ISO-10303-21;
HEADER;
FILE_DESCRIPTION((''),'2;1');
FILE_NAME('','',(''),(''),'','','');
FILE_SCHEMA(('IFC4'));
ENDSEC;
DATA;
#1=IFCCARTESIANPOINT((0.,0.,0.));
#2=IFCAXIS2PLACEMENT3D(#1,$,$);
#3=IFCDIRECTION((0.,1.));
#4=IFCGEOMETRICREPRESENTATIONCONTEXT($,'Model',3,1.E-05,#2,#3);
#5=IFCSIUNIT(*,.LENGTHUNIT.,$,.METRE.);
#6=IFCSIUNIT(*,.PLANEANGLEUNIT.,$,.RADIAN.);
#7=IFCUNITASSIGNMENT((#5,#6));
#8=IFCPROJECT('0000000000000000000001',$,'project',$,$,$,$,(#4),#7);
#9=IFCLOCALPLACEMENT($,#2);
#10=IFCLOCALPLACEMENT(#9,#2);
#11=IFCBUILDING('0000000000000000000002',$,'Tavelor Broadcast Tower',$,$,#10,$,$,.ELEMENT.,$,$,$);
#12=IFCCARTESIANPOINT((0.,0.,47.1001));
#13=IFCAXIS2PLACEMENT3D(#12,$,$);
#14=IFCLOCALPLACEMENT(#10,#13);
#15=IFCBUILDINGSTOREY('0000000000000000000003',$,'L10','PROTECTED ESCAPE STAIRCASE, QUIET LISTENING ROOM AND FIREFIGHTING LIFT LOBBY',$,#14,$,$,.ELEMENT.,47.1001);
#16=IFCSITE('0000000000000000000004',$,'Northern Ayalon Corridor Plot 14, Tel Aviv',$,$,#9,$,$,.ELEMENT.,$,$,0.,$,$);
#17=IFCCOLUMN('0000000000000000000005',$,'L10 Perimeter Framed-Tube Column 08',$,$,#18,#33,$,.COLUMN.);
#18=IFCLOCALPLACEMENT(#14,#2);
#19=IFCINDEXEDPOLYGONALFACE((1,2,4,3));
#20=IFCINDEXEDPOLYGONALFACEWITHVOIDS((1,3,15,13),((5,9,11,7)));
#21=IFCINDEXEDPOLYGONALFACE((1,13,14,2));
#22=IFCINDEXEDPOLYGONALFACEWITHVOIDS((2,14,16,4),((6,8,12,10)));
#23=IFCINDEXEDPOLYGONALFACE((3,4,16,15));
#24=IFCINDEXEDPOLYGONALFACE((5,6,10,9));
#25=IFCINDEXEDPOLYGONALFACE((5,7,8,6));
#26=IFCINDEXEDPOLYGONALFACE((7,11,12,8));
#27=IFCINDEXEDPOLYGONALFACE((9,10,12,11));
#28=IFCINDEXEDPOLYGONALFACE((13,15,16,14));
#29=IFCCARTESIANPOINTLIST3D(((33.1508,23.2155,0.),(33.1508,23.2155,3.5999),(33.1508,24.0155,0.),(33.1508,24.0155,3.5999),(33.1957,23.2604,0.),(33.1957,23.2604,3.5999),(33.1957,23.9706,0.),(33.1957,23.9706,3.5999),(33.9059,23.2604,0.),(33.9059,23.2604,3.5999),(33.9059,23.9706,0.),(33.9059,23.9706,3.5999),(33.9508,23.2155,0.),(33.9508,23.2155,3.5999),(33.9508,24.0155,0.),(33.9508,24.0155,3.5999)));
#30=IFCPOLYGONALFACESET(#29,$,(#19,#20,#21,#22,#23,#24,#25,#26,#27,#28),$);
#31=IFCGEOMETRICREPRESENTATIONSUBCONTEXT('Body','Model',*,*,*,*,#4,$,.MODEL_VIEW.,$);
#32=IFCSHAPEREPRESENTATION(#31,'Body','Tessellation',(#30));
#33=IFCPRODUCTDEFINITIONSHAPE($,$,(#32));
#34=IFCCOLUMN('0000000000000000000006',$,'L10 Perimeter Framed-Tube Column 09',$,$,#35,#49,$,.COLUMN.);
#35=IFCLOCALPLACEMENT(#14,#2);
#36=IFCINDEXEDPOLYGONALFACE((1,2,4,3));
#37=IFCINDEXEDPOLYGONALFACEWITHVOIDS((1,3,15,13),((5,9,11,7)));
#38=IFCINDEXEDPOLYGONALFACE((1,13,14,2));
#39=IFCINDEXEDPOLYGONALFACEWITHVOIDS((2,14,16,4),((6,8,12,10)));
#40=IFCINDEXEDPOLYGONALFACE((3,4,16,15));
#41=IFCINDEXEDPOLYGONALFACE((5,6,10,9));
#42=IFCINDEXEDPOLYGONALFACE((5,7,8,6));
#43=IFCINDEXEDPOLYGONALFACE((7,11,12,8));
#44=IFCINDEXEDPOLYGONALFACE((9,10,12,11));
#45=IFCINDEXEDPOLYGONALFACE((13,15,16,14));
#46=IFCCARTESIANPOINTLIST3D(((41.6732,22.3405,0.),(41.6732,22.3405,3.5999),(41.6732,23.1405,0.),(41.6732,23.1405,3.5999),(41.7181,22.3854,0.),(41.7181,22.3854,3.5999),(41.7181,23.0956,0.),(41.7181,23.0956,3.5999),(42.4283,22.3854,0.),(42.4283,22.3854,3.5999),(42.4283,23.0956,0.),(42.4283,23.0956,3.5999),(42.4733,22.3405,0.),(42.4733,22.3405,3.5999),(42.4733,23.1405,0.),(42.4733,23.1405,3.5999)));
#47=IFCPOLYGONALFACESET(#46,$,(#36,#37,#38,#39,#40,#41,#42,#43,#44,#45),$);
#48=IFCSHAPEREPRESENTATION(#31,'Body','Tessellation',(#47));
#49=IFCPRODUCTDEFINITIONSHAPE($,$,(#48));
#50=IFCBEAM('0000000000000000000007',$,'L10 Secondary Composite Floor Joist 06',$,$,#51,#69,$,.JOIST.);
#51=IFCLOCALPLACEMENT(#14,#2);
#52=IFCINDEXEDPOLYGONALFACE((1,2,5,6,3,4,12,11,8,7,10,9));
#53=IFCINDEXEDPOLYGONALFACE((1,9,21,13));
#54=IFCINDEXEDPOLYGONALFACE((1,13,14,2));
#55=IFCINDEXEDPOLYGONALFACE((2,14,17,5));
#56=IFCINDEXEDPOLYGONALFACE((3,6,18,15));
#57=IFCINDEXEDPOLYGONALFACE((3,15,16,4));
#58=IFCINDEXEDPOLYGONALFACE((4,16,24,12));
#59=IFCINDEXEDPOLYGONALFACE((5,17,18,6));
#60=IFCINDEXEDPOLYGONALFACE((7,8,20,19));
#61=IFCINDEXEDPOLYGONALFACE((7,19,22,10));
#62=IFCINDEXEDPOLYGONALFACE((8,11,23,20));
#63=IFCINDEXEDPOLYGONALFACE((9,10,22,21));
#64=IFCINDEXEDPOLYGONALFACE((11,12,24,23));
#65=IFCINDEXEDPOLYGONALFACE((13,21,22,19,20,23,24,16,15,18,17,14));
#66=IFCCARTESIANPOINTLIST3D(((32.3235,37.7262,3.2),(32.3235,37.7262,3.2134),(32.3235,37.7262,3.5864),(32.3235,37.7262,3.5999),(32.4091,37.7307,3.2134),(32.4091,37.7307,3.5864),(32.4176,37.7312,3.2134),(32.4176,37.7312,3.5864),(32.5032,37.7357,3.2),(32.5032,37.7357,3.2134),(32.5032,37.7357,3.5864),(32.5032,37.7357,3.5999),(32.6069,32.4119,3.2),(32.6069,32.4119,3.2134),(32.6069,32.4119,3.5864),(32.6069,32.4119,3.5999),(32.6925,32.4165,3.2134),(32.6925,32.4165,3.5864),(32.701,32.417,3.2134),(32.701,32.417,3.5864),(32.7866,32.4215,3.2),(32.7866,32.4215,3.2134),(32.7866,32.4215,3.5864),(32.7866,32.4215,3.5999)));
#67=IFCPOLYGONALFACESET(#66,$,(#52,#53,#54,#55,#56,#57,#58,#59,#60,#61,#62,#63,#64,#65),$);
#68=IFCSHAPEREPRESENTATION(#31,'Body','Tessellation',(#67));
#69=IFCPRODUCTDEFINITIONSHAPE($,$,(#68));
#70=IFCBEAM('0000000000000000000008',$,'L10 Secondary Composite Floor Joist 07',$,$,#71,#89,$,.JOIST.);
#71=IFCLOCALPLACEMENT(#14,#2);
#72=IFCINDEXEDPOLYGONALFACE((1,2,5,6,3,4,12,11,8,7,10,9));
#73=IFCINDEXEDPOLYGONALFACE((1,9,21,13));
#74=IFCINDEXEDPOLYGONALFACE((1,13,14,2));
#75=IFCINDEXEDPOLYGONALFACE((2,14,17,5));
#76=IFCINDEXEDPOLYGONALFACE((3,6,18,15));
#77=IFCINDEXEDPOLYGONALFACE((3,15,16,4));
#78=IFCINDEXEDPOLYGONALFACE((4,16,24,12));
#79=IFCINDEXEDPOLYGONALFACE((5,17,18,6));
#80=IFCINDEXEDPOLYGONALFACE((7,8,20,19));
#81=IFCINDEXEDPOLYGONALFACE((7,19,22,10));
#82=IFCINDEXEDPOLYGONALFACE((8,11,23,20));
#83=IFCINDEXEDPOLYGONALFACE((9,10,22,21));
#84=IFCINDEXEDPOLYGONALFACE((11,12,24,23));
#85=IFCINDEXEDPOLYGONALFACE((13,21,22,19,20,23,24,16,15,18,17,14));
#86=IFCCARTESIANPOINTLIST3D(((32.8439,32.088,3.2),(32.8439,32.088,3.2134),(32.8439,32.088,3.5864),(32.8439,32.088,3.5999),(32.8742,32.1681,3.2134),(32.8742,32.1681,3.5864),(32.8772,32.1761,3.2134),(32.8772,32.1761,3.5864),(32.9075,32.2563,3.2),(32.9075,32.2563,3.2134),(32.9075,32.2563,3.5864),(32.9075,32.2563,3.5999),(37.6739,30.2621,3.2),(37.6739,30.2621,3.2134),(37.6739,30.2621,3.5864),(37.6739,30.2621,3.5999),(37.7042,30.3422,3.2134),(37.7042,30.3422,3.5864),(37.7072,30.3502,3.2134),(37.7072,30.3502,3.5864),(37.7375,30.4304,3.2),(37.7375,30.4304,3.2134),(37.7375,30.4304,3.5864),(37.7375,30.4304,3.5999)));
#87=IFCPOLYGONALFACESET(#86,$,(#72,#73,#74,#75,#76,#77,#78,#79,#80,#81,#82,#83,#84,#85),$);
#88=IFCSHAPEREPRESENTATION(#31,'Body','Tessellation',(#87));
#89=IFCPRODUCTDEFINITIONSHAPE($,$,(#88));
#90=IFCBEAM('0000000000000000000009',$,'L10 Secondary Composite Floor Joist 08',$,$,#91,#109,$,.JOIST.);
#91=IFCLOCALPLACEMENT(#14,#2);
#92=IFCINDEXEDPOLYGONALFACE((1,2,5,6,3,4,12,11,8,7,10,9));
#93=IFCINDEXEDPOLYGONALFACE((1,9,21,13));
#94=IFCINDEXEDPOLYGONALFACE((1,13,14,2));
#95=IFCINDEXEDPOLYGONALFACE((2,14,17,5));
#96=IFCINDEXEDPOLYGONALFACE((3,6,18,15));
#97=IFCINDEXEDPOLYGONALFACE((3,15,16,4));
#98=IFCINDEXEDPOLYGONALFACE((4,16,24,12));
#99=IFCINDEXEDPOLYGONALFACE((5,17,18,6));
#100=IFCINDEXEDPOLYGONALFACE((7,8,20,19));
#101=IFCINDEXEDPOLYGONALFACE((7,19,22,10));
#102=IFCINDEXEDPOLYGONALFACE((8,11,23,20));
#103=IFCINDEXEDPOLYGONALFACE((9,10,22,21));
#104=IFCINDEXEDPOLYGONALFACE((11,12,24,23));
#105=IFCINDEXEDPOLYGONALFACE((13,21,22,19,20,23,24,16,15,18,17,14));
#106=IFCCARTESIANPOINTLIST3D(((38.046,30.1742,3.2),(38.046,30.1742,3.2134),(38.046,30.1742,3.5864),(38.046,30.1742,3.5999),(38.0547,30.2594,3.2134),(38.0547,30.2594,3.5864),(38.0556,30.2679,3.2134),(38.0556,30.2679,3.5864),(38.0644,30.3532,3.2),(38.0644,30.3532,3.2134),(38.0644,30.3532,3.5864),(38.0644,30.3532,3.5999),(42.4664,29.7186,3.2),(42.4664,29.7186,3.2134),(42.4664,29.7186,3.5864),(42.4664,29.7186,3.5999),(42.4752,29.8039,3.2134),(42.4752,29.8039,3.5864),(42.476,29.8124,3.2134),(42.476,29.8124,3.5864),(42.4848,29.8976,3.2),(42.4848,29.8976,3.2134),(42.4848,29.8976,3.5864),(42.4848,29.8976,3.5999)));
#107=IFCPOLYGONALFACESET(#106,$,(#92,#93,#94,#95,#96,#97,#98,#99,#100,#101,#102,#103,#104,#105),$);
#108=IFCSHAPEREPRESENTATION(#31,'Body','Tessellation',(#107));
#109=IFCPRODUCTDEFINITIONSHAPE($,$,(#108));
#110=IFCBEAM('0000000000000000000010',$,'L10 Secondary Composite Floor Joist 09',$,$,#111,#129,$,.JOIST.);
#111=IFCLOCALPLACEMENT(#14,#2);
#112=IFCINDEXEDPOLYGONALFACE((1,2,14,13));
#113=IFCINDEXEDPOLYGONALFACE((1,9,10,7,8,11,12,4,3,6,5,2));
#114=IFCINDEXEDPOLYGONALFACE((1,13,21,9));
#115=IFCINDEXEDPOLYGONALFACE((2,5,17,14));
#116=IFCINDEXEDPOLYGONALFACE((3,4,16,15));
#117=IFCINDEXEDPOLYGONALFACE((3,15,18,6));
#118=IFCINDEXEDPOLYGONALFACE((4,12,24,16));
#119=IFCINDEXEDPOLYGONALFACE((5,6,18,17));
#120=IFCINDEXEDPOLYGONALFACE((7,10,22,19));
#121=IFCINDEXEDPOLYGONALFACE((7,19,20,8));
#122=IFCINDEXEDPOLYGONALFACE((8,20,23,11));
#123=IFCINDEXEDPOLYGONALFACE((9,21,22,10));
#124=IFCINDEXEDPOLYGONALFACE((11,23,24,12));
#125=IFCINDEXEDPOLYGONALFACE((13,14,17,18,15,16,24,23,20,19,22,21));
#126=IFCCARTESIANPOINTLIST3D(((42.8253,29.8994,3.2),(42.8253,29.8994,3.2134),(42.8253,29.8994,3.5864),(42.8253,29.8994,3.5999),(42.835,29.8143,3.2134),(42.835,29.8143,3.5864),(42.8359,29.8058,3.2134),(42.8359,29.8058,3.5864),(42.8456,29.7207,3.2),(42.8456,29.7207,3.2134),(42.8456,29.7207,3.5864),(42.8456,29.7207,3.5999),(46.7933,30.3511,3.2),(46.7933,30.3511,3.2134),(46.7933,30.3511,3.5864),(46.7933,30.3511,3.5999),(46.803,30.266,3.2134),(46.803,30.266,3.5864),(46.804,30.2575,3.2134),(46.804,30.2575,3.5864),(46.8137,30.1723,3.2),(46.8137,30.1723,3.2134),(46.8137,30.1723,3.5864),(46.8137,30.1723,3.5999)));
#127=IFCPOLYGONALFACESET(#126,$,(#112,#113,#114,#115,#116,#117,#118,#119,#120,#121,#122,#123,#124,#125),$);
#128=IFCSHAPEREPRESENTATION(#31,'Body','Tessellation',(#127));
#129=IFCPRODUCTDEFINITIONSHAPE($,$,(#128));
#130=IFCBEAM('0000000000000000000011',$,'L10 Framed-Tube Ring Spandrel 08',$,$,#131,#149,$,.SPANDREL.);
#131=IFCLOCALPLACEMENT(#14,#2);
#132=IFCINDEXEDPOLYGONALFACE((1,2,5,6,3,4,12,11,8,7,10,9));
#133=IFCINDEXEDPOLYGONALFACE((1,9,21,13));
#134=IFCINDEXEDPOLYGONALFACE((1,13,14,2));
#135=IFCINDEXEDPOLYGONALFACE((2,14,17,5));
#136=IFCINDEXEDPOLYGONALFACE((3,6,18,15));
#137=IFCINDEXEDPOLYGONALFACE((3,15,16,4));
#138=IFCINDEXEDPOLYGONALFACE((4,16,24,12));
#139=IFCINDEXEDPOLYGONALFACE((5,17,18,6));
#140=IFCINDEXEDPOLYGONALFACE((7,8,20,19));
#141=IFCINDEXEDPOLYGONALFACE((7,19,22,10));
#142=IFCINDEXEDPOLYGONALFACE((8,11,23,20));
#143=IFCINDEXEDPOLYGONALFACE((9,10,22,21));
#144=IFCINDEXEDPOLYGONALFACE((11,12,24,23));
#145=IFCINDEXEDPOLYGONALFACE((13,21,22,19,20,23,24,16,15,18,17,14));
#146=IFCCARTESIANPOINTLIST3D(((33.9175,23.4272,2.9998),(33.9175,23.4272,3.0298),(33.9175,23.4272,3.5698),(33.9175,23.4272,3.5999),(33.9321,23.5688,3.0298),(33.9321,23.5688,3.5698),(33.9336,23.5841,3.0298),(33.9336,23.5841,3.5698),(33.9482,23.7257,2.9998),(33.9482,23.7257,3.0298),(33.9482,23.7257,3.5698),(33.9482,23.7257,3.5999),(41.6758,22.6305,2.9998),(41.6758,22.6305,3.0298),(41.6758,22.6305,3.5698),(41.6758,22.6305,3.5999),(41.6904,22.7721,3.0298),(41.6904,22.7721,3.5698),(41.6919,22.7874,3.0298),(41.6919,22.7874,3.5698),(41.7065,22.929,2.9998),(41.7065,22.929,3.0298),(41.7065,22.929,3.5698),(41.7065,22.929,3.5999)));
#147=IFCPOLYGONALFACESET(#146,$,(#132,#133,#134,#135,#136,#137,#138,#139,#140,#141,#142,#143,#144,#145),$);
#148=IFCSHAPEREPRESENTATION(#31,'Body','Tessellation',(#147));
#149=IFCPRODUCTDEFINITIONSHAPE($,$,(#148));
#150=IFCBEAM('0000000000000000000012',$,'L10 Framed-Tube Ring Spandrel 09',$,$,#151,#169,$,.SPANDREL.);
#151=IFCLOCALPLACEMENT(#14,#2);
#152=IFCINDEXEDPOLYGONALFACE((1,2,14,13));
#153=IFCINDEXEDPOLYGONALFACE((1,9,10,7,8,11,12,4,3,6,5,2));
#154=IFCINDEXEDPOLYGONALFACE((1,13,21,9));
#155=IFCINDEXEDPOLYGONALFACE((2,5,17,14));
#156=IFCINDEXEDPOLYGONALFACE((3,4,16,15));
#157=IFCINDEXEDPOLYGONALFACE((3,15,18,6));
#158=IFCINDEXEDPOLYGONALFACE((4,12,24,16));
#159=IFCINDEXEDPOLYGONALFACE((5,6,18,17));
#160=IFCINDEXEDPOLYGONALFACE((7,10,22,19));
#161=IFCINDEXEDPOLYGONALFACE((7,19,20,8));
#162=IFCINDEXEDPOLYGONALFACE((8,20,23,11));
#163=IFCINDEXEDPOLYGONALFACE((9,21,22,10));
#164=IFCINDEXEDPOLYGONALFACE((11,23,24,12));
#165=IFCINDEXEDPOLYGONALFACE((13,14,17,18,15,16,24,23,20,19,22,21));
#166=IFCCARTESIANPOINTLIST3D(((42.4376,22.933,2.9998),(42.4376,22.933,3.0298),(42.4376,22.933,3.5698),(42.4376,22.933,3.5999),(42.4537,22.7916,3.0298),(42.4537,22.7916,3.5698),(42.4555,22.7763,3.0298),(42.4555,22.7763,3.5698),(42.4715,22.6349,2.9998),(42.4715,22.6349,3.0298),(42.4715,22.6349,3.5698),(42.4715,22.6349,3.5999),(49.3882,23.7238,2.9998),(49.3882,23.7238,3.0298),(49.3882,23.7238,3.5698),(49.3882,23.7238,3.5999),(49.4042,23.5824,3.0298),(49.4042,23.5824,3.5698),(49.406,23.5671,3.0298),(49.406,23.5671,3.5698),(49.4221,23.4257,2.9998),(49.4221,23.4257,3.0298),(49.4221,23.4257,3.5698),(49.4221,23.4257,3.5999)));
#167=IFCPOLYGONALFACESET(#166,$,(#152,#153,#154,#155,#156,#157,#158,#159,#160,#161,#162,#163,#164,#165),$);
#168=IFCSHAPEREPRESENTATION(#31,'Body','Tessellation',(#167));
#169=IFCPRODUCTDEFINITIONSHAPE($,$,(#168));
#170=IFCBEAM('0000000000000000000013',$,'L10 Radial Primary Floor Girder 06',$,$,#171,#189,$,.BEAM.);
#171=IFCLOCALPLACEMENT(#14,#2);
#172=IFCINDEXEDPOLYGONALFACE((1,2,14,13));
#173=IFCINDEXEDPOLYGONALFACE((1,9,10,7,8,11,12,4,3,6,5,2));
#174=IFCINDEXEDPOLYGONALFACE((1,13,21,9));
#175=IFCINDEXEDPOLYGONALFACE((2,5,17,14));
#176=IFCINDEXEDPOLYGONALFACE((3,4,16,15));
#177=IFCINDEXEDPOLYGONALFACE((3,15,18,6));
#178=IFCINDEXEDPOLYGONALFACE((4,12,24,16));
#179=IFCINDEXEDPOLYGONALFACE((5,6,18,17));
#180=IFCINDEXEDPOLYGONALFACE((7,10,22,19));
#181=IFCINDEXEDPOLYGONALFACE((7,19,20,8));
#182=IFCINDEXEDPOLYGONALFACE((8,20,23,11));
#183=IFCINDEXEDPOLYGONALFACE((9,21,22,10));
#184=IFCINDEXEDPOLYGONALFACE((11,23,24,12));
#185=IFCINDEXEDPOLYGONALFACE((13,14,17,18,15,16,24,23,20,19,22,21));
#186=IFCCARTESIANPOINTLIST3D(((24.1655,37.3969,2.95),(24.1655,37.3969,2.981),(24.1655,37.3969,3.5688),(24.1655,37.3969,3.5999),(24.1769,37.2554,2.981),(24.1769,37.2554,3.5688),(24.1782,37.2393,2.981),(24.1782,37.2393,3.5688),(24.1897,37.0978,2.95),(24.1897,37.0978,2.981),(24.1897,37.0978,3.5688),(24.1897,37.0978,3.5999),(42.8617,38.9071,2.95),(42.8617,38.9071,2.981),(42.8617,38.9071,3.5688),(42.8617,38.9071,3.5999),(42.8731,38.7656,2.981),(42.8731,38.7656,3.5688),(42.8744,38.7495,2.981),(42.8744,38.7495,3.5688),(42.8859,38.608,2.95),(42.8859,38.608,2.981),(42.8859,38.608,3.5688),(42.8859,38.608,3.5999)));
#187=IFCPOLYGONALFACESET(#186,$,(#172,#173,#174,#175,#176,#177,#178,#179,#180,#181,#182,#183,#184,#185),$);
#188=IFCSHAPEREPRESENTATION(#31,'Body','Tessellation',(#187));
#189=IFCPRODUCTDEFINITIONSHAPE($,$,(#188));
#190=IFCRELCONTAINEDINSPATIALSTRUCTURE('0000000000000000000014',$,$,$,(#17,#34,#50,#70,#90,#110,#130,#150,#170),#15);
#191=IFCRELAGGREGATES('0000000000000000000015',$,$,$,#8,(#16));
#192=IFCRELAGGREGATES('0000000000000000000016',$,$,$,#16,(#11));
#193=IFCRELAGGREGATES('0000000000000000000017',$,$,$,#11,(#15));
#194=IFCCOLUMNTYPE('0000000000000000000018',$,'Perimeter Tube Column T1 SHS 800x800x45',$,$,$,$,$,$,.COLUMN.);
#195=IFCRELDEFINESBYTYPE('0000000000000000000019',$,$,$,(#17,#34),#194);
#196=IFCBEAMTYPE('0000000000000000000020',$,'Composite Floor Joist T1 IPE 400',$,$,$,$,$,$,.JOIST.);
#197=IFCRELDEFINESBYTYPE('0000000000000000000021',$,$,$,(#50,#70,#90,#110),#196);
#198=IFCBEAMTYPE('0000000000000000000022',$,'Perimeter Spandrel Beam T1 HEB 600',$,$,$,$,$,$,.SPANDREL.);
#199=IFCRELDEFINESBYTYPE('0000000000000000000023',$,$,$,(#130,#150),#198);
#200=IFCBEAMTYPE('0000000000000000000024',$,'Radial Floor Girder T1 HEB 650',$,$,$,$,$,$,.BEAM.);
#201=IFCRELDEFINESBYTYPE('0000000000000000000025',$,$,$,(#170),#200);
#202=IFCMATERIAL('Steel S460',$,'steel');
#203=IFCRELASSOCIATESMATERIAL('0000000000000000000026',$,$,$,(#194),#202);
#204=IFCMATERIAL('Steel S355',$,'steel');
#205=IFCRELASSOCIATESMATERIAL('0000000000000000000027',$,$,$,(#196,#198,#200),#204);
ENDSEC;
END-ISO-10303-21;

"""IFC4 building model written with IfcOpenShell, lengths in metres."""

from ifc_helpers import new_model, si_unit, direction, frame, origin, origin_2d, place, context, subcontext, project, spatial, hollow_rectangle, i_section, extrude, material, material_profile, profile_set, type_object, element, save


model = new_model("IFC4")

# Units and contexts
model_context = context("Model", 3, precision=1e-05, world=origin(), true_north=direction((0.0, 1.0)))
body_context = subcontext(model_context, "Body", "Model", "MODEL_VIEW")
ifc_project = project(units=[si_unit("LENGTHUNIT", "METRE"), si_unit("PLANEANGLEUNIT", "RADIAN")], contexts=[model_context])

# Site, building, storey
site_placement = place(None, origin())
site = spatial("IfcSite", under=ifc_project, at=site_placement, Name="Northern Ayalon Corridor Plot 14, Tel Aviv", CompositionType="ELEMENT", RefElevation=0.0)
building_placement = place(site_placement, origin())
building = spatial("IfcBuilding", under=site, at=building_placement, Name="Tavelor Broadcast Tower", CompositionType="ELEMENT")
storey_placement = place(building_placement, frame((0.0, 0.0, 47.1001)))
storey = spatial("IfcBuildingStorey", under=building, at=storey_placement, Name="L10", Description="PROTECTED ESCAPE STAIRCASE, QUIET LISTENING ROOM AND FIREFIGHTING LIFT LOBBY", CompositionType="ELEMENT", Elevation=47.1001)

# Columns
ifc_material_1 = material(Name="Steel S460", Category="steel")
ifc_material_profile_1 = material_profile(ifc_material_1, hollow_rectangle(XDim=0.8, YDim=0.8, WallThickness=0.0449, at=origin_2d()), Name="SHS 800x800x45")
ifc_profile_set_1 = profile_set([ifc_material_profile_1], Name="Steel S460")
column_type = type_object("IfcColumnType", Name="Perimeter Tube Column T1 SHS 800x800x45", PredefinedType="COLUMN", material=ifc_profile_set_1)
for number, where, z_axis, x_axis, name in (
    (1, (33.5508, 23.6155, 0.0), (0.0, 0.0, 1.0), (1.0, 0.0, 0.0), "L10 Perimeter Framed-Tube Column 08"),
    (2, (42.0732, 22.7405, 0.0), (0.0, 0.0, 1.0), (1.0, 0.0, 0.0), "L10 Perimeter Framed-Tube Column 09"),
):
    element("IfcColumn", number, at=place(storey_placement, frame(where, z_axis=z_axis, x_axis=x_axis)), inside=storey, type_object=column_type, Name=name, PredefinedType="COLUMN", context=body_context, shape_type="SweptSolid", body=[
        extrude(hollow_rectangle(XDim=0.8, YDim=0.8, WallThickness=0.0449, at=origin_2d()), origin(), (0.0, 0.0, 1.0), 3.5999),
    ])

# Beams
ifc_material_2 = material(Name="Steel S355", Category="steel")
ifc_material_profile_2 = material_profile(ifc_material_2, i_section(OverallWidth=0.1799, OverallDepth=0.3999, WebThickness=0.0085, FlangeThickness=0.0134, at=origin_2d()), Name="IPE 400")
ifc_profile_set_2 = profile_set([ifc_material_profile_2], Name="Steel S355")
beam_type_1 = type_object("IfcBeamType", Name="Composite Floor Joist T1 IPE 400", PredefinedType="JOIST", material=ifc_profile_set_2)
beam_1_placement = place(storey_placement, frame((32.4133, 37.731, 3.3999), z_axis=(0.053262, -0.998581, 0.0), x_axis=(0.998581, 0.053262, 0.0)))
element("IfcBeam", 3, at=beam_1_placement, inside=storey, type_object=beam_type_1, Name="L10 Secondary Composite Floor Joist 06", PredefinedType="JOIST", context=body_context, shape_type="SweptSolid", body=[
    extrude(i_section(OverallWidth=0.1799, OverallDepth=0.3999, WebThickness=0.0085, FlangeThickness=0.0134, at=origin_2d()), origin(), (0.0, 0.0, 1.0), 5.3218),
])
beam_2_placement = place(storey_placement, frame((32.8757, 32.1721, 3.3999), z_axis=(0.935393, -0.353609, 0.0), x_axis=(0.353609, 0.935393, 0.0)))
element("IfcBeam", 4, at=beam_2_placement, inside=storey, type_object=beam_type_1, Name="L10 Secondary Composite Floor Joist 07", PredefinedType="JOIST", context=body_context, shape_type="SweptSolid", body=[
    extrude(i_section(OverallWidth=0.1799, OverallDepth=0.3999, WebThickness=0.0085, FlangeThickness=0.0134, at=origin_2d()), origin(), (0.0, 0.0, 1.0), 5.1636),
])
beam_3_placement = place(storey_placement, frame((38.0552, 30.2637, 3.3999), z_axis=(0.994731, -0.102517, 0.0), x_axis=(0.102517, 0.994731, 0.0)))
element("IfcBeam", 5, at=beam_3_placement, inside=storey, type_object=beam_type_1, Name="L10 Secondary Composite Floor Joist 08", PredefinedType="JOIST", context=body_context, shape_type="SweptSolid", body=[
    extrude(i_section(OverallWidth=0.1799, OverallDepth=0.3999, WebThickness=0.0085, FlangeThickness=0.0134, at=origin_2d()), origin(), (0.0, 0.0, 1.0), 4.4438),
])
beam_4_placement = place(storey_placement, frame((42.8354, 29.8101, 3.3999), z_axis=(0.993584, 0.113095, 0.0), x_axis=(-0.113095, 0.993584, 0.0)))
element("IfcBeam", 6, at=beam_4_placement, inside=storey, type_object=beam_type_1, Name="L10 Secondary Composite Floor Joist 09", PredefinedType="JOIST", context=body_context, shape_type="SweptSolid", body=[
    extrude(i_section(OverallWidth=0.1799, OverallDepth=0.3999, WebThickness=0.0085, FlangeThickness=0.0134, at=origin_2d()), origin(), (0.0, 0.0, 1.0), 3.9937),
])
ifc_material_profile_3 = material_profile(ifc_material_2, i_section(OverallWidth=0.3, OverallDepth=0.6001, WebThickness=0.0154, FlangeThickness=0.03, at=origin_2d()), Name="HEB 600")
ifc_profile_set_3 = profile_set([ifc_material_profile_3], Name="Steel S355")
beam_type_2 = type_object("IfcBeamType", Name="Perimeter Spandrel Beam T1 HEB 600", PredefinedType="SPANDREL", material=ifc_profile_set_3)
beam_5_placement = place(storey_placement, frame((33.9329, 23.5764, 3.2998), z_axis=(0.99477, -0.102144, 0.0), x_axis=(0.102144, 0.99477, 0.0)))
element("IfcBeam", 7, at=beam_5_placement, inside=storey, type_object=beam_type_2, Name="L10 Framed-Tube Ring Spandrel 08", PredefinedType="SPANDREL", context=body_context, shape_type="SweptSolid", body=[
    extrude(i_section(OverallWidth=0.3, OverallDepth=0.6001, WebThickness=0.0154, FlangeThickness=0.03, at=origin_2d()), origin(), (0.0, 0.0, 1.0), 7.7991),
])
beam_6_placement = place(storey_placement, frame((42.4546, 22.7839, 3.2998), z_axis=(0.99359, 0.113044, 0.0), x_axis=(-0.113044, 0.99359, 0.0)))
element("IfcBeam", 8, at=beam_6_placement, inside=storey, type_object=beam_type_2, Name="L10 Framed-Tube Ring Spandrel 09", PredefinedType="SPANDREL", context=body_context, shape_type="SweptSolid", body=[
    extrude(i_section(OverallWidth=0.3, OverallDepth=0.6001, WebThickness=0.0154, FlangeThickness=0.03, at=origin_2d()), origin(), (0.0, 0.0, 1.0), 6.9954),
])
ifc_material_profile_4 = material_profile(ifc_material_2, i_section(OverallWidth=0.3, OverallDepth=0.6499, WebThickness=0.0161, FlangeThickness=0.031, at=origin_2d()), Name="HEB 650")
ifc_profile_set_4 = profile_set([ifc_material_profile_4], Name="Steel S355")
beam_type_3 = type_object("IfcBeamType", Name="Radial Floor Girder T1 HEB 650", PredefinedType="BEAM", material=ifc_profile_set_4)
beam_7_placement = place(storey_placement, frame((42.8738, 38.7576, 3.2749), z_axis=(-0.996753, -0.080516, 0.0), x_axis=(0.080516, -0.996753, 0.0)))
element("IfcBeam", 9, at=beam_7_placement, inside=storey, type_object=beam_type_3, Name="L10 Radial Primary Floor Girder 06", PredefinedType="BEAM", context=body_context, shape_type="SweptSolid", body=[
    extrude(i_section(OverallWidth=0.3, OverallDepth=0.6499, WebThickness=0.0161, FlangeThickness=0.031, at=origin_2d()), origin(), (0.0, 0.0, 1.0), 18.7571),
])

save(model, "model.ifc")
